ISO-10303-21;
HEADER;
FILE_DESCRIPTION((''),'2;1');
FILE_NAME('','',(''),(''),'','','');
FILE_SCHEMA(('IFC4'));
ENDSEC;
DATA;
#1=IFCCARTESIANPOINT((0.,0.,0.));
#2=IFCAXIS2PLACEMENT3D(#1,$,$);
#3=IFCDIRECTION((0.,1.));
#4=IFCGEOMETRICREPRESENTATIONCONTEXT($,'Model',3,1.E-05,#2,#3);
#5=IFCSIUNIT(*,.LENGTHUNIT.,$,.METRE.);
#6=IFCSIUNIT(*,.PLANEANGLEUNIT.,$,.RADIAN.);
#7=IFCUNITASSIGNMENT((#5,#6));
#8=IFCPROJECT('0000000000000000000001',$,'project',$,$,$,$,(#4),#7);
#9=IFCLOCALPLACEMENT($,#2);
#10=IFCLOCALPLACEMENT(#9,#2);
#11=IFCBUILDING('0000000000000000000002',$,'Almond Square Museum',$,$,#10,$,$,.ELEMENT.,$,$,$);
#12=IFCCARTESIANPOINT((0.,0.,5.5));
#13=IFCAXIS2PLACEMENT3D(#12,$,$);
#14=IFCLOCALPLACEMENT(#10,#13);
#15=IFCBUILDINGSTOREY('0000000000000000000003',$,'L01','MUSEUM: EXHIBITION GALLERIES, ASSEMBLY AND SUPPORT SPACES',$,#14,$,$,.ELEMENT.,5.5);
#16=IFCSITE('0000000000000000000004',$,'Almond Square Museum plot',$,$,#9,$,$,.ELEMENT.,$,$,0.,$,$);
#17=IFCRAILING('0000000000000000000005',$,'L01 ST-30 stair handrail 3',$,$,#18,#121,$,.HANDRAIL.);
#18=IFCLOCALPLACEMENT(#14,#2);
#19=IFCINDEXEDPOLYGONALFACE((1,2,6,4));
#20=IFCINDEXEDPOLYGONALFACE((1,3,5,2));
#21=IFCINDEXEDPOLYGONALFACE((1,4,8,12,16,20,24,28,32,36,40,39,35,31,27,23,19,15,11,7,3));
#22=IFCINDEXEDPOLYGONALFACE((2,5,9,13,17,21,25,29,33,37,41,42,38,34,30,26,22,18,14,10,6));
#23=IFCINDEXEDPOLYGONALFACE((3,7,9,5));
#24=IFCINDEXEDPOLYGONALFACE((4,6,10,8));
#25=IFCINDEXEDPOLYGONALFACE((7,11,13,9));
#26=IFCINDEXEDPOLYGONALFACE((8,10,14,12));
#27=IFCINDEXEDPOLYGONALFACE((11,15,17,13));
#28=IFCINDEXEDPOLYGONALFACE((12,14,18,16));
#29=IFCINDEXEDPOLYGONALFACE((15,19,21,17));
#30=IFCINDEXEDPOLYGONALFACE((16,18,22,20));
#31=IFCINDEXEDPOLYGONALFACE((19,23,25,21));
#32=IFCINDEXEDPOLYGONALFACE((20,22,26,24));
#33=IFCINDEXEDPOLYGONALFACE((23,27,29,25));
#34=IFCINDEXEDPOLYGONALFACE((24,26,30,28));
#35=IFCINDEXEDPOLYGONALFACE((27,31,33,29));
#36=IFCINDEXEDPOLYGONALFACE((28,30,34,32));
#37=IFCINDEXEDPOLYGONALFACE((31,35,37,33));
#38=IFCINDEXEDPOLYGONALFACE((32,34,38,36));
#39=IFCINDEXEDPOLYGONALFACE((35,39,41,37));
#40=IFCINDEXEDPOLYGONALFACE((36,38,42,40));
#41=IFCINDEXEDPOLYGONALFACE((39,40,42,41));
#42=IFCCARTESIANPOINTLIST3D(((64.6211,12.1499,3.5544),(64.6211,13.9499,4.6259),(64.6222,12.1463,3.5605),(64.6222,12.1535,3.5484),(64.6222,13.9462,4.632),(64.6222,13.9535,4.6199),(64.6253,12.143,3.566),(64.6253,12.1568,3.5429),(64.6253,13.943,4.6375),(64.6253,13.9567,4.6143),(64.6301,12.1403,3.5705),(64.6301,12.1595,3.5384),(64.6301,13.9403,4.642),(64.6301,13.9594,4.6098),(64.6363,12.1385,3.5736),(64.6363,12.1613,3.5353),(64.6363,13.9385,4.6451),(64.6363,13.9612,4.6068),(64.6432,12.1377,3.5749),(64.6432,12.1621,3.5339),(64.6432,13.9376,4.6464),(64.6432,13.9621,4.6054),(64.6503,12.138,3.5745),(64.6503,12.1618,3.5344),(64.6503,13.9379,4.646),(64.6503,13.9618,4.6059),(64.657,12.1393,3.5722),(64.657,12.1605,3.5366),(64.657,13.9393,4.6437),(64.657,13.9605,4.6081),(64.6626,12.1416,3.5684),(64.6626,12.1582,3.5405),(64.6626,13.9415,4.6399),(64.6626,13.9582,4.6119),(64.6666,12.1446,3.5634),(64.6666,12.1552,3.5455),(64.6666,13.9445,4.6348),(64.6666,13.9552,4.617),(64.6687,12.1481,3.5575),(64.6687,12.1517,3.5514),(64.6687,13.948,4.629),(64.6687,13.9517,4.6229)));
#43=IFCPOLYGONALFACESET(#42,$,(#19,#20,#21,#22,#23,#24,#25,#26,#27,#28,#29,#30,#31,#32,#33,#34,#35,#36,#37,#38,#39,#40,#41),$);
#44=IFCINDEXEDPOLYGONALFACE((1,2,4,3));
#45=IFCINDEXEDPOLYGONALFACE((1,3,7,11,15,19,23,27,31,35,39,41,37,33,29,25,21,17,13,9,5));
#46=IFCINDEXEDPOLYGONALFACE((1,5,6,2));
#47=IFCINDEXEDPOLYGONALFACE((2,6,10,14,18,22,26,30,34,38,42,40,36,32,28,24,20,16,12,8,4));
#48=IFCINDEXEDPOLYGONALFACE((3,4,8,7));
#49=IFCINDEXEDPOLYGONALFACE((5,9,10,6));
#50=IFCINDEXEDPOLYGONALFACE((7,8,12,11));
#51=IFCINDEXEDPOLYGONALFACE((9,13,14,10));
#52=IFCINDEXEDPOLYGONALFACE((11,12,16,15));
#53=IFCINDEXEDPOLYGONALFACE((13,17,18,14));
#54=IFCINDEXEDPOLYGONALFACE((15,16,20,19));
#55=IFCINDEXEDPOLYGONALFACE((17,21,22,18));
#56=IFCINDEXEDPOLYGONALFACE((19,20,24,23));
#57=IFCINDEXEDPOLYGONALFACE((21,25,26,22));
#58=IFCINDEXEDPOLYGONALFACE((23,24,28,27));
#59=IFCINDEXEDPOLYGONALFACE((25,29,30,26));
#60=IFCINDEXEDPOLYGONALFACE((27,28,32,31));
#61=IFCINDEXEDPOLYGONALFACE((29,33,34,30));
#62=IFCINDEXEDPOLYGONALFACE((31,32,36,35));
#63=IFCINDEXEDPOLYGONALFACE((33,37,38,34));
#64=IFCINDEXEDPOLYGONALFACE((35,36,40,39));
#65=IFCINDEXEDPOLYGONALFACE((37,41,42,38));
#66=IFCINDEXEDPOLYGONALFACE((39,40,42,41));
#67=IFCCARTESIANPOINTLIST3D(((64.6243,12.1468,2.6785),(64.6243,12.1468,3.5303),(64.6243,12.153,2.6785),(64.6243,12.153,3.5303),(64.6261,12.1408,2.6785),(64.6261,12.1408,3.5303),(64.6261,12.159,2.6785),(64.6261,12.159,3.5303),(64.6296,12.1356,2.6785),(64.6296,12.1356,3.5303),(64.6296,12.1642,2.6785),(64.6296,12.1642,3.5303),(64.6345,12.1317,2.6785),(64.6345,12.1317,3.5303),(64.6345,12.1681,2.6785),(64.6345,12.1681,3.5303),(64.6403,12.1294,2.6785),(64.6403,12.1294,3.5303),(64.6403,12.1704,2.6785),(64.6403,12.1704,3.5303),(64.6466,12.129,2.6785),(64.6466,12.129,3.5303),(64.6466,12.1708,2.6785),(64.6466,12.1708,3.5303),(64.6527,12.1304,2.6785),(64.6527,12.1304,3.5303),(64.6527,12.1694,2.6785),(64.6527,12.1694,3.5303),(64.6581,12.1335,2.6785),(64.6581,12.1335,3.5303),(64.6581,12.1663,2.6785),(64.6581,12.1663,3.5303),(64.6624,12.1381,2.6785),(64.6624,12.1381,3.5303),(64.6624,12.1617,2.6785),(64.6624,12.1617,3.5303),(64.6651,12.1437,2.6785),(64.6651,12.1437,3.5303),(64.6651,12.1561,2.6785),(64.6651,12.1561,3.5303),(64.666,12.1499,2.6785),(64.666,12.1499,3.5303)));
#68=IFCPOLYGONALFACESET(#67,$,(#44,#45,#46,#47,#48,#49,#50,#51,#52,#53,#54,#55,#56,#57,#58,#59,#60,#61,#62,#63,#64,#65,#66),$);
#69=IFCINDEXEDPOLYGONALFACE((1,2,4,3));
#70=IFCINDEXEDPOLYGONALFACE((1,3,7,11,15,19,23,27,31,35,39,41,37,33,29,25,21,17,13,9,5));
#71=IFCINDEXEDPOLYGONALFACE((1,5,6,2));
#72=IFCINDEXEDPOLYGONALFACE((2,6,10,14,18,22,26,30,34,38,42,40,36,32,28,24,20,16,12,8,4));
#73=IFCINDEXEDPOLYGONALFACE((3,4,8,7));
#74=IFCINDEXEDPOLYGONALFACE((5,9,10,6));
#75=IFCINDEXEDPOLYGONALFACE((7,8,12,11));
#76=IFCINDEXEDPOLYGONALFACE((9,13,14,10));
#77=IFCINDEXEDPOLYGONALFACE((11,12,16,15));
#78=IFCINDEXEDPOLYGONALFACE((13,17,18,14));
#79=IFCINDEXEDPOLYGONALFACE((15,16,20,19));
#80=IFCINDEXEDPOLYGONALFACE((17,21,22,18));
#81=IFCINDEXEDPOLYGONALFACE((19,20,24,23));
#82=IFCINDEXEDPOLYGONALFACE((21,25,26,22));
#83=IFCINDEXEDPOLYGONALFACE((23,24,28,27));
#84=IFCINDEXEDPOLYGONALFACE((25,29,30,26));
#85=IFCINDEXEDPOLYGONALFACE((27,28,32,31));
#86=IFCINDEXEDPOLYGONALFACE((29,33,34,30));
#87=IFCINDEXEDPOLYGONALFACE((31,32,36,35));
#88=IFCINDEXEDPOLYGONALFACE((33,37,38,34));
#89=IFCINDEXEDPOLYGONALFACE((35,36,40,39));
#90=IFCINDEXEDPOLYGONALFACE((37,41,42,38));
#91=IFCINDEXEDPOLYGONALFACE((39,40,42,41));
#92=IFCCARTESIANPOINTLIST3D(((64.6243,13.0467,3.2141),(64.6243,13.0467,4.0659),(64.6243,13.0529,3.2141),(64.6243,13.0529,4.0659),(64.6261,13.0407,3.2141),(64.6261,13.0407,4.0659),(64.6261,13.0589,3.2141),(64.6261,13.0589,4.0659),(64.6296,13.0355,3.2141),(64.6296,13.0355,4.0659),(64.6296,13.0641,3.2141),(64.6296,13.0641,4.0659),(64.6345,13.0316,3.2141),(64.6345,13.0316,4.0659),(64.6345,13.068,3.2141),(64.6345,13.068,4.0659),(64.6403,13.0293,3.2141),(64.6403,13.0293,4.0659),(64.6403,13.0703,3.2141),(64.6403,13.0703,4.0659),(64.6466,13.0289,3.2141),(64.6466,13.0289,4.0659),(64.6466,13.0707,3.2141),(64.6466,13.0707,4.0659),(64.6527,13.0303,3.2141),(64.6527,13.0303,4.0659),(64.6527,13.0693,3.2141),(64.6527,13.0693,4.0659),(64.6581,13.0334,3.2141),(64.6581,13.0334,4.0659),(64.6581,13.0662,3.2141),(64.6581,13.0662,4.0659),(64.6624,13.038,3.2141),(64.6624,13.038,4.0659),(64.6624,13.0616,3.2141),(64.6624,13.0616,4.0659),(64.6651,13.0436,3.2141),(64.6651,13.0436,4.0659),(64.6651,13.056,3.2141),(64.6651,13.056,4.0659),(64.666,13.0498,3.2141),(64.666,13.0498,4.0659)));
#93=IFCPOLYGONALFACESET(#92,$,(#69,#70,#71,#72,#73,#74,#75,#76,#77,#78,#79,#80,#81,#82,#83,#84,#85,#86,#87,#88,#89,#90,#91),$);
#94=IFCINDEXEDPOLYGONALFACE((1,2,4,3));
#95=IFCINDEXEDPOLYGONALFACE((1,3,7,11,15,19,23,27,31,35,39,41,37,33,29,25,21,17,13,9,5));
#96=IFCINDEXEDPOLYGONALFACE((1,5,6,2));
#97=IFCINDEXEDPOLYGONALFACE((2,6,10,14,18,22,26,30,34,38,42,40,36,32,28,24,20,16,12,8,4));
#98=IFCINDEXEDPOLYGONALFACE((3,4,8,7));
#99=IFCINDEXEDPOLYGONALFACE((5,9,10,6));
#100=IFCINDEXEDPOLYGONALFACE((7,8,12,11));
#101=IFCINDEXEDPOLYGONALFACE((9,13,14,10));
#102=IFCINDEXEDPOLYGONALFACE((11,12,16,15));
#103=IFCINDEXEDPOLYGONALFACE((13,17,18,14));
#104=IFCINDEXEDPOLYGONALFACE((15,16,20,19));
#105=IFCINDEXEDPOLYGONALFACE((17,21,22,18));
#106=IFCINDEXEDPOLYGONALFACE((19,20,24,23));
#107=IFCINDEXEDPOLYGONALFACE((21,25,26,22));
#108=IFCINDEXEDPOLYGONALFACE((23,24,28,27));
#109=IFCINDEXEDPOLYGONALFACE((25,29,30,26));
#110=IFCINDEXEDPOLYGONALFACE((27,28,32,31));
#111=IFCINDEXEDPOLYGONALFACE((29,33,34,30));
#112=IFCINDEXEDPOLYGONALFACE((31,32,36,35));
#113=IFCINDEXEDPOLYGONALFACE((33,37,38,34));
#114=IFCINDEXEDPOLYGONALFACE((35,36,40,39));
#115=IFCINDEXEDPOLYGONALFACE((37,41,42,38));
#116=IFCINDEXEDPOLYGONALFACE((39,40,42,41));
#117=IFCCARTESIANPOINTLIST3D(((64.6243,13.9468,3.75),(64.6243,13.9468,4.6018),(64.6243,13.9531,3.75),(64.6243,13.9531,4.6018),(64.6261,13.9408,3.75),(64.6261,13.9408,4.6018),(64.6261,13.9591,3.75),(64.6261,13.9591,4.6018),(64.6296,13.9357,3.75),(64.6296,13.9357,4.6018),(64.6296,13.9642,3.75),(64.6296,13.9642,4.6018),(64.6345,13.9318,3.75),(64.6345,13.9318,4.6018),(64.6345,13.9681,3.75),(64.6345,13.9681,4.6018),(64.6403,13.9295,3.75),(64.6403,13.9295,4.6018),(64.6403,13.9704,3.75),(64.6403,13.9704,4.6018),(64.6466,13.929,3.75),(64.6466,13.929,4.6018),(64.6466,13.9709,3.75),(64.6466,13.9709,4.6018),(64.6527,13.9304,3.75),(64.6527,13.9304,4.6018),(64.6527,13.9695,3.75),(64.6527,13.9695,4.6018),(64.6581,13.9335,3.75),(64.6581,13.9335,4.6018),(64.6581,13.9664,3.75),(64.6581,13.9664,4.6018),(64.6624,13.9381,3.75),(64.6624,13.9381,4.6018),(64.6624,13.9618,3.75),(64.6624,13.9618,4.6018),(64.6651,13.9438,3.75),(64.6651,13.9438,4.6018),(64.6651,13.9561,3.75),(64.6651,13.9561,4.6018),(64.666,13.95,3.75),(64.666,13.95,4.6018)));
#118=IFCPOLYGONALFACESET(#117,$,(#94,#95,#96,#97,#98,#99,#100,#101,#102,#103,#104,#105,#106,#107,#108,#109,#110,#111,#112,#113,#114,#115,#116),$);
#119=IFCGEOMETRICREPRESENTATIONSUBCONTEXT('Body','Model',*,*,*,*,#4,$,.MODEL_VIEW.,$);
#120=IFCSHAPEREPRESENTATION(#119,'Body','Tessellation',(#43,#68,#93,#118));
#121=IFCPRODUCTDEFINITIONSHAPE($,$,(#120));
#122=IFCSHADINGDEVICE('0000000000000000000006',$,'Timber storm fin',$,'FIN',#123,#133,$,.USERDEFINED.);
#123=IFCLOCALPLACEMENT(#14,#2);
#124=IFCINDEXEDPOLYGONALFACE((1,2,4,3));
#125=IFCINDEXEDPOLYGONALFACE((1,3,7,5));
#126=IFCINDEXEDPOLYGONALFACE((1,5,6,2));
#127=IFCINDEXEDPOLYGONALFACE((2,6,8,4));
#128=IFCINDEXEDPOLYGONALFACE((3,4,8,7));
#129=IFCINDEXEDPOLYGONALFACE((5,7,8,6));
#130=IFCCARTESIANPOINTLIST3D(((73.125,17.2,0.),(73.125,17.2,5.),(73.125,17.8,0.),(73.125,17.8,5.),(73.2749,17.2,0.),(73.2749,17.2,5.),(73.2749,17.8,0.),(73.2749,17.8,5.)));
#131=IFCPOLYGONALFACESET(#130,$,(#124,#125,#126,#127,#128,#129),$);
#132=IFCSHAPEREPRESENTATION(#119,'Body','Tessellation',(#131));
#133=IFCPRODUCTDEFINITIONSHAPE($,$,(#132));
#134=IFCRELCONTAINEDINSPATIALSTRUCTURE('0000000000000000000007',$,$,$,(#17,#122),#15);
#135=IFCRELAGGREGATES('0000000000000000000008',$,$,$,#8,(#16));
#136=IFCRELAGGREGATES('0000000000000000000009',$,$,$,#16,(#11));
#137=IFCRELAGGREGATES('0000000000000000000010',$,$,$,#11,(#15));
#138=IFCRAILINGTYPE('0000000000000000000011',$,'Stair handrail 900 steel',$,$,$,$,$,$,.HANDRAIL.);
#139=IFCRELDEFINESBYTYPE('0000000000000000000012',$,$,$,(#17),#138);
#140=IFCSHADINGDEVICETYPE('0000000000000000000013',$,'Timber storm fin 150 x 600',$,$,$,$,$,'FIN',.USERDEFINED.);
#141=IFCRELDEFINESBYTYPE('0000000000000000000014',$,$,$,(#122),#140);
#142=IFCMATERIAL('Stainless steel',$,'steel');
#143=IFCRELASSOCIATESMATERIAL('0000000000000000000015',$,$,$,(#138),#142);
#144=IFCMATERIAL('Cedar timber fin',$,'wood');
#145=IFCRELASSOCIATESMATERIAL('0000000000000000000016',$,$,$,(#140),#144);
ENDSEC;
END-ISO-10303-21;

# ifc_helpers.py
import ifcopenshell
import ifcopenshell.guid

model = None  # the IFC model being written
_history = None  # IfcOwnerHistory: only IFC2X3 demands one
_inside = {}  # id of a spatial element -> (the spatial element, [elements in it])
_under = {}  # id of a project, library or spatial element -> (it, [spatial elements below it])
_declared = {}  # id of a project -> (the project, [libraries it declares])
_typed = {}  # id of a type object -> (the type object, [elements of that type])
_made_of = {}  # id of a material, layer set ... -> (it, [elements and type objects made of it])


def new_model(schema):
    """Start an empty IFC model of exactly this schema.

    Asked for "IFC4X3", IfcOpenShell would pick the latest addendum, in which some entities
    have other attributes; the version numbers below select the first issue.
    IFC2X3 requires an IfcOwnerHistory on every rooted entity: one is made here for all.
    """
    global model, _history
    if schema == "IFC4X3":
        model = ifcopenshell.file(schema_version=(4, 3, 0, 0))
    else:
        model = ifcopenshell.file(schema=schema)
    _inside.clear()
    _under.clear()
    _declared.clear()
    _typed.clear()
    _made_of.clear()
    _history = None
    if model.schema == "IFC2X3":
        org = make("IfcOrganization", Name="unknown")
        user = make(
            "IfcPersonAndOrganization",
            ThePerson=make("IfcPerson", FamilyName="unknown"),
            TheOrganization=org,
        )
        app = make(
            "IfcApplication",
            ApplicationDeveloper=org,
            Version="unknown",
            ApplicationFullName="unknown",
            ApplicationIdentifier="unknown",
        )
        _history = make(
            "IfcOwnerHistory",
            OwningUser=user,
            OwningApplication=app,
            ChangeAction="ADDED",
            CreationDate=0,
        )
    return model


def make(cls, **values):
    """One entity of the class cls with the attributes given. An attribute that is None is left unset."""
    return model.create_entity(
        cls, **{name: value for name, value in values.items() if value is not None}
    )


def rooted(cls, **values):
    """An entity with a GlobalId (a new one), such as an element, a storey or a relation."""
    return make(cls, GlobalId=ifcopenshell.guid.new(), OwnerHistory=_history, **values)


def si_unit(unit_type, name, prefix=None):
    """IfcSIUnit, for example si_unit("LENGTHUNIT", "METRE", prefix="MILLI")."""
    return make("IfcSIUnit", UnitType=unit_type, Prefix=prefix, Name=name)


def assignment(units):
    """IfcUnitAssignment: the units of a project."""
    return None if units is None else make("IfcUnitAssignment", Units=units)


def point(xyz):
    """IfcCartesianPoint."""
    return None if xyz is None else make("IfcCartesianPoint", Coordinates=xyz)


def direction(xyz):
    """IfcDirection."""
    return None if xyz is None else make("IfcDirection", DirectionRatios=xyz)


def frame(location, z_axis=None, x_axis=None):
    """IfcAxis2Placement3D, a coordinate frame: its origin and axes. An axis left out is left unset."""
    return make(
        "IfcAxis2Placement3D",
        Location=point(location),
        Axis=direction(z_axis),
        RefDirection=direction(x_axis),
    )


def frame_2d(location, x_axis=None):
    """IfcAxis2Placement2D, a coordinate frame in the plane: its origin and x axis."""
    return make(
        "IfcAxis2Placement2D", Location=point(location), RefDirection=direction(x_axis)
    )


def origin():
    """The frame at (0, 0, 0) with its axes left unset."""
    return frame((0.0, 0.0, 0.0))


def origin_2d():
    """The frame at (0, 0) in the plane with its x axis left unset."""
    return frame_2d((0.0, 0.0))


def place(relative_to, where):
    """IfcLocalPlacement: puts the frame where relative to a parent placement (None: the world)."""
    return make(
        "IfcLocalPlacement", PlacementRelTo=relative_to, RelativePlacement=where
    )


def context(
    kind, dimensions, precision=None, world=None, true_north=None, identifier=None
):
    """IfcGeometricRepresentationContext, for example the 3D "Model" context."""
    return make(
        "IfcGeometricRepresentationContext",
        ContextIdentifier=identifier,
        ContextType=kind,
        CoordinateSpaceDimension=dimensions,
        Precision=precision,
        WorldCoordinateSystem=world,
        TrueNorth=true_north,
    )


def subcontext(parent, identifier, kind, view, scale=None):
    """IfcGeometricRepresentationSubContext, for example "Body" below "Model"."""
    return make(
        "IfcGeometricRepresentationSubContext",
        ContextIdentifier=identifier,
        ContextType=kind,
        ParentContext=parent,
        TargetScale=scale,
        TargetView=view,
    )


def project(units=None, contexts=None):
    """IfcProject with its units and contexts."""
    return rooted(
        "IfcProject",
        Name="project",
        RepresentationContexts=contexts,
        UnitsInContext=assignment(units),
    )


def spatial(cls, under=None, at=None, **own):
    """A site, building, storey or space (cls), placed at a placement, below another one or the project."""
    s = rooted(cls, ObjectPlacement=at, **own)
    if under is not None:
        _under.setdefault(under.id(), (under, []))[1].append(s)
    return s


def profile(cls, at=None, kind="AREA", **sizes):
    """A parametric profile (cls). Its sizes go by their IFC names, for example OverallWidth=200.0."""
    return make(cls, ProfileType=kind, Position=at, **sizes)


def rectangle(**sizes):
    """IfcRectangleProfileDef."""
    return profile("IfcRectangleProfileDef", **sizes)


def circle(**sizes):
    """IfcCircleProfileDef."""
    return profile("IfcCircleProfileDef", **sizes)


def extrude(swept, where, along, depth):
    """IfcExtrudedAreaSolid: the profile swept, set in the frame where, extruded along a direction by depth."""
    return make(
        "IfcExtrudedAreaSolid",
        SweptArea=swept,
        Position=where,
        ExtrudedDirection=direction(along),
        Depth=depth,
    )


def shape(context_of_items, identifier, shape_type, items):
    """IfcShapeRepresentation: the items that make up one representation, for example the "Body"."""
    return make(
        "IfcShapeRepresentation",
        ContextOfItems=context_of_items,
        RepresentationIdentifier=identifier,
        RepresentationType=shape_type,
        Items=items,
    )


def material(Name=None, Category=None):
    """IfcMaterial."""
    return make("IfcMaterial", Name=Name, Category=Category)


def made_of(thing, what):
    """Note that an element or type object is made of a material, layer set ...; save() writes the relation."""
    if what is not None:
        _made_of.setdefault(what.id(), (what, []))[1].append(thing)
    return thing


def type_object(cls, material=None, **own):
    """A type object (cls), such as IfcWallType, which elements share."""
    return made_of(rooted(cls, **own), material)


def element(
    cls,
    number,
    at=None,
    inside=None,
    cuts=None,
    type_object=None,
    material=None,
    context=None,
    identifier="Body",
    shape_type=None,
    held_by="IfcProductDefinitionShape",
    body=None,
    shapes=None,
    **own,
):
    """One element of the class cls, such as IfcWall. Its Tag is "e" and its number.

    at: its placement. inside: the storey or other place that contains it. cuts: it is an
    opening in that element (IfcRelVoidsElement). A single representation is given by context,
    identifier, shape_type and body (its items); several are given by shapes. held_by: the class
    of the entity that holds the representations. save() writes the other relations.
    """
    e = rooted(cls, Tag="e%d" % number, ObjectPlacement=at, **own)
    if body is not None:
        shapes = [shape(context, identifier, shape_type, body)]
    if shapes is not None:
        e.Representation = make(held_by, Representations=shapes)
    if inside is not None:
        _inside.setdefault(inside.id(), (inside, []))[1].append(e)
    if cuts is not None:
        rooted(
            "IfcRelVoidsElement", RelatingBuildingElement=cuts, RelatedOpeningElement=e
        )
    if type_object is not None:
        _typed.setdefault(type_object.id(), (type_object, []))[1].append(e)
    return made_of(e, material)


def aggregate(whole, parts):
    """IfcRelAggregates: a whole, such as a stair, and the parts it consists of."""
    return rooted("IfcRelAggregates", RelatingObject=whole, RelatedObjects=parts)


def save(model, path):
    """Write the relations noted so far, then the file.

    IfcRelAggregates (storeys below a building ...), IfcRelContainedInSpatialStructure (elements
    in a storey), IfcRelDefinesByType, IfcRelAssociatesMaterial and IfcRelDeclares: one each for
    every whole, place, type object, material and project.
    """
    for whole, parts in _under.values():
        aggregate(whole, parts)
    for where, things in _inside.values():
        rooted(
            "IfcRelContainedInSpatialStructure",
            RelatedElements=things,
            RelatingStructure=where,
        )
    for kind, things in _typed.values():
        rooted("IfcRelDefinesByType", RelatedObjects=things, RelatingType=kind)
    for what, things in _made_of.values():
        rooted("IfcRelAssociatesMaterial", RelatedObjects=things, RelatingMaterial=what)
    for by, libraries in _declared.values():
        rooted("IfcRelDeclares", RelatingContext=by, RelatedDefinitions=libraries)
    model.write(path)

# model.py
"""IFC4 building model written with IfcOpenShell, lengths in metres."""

from ifc_helpers import new_model, si_unit, direction, frame, origin, origin_2d, place, context, subcontext, project, spatial, rectangle, circle, extrude, material, type_object, element, save


model = new_model("IFC4")

# Units and contexts
model_context = context("Model", 3, precision=1e-05, world=origin(), true_north=direction((0.0, 1.0)))
body_context = subcontext(model_context, "Body", "Model", "MODEL_VIEW")
ifc_project = project(units=[si_unit("LENGTHUNIT", "METRE"), si_unit("PLANEANGLEUNIT", "RADIAN")], contexts=[model_context])

# Site, building, storey
site_placement = place(None, origin())
site = spatial("IfcSite", under=ifc_project, at=site_placement, Name="Almond Square Museum plot", CompositionType="ELEMENT", RefElevation=0.0)
building_placement = place(site_placement, origin())
building = spatial("IfcBuilding", under=site, at=building_placement, Name="Almond Square Museum", CompositionType="ELEMENT")
storey_placement = place(building_placement, frame((0.0, 0.0, 5.5)))
storey = spatial("IfcBuildingStorey", under=building, at=storey_placement, Name="L01", Description="MUSEUM: EXHIBITION GALLERIES, ASSEMBLY AND SUPPORT SPACES", CompositionType="ELEMENT", Elevation=5.5)

# Railing
ifc_material_1 = material(Name="Stainless steel", Category="steel")
railing_type = type_object("IfcRailingType", Name="Stair handrail 900 steel", PredefinedType="HANDRAIL", material=ifc_material_1)
for number, where, name in (
    (1, (64.645, 12.1499, 2.6785), "L01 ST-30 stair handrail 3"),
):
    element("IfcRailing", number, at=place(storey_placement, frame(where)), inside=storey, type_object=railing_type, Name=name, PredefinedType="HANDRAIL", context=body_context, shape_type="SweptSolid", body=[
        extrude(circle(Radius=0.0239, at=origin_2d()), frame((0.0, 0.0, 0.876), z_axis=(0.0, 0.859277, 0.51151), x_axis=(-1.0, 0.0, 0.0)), (0.0, 0.0, 1.0), 2.0947),
        extrude(circle(Radius=0.021, at=origin_2d()), origin(), (0.0, 0.0, 1.0), 0.8518),
        extrude(circle(Radius=0.021, at=origin_2d()), frame((0.0, 0.8999, 0.5356)), (0.0, 0.0, 1.0), 0.8518),
        extrude(circle(Radius=0.021, at=origin_2d()), frame((0.0, 1.8, 1.0715)), (0.0, 0.0, 1.0), 0.8518),
    ])

# Shading device
ifc_material_2 = material(Name="Cedar timber fin", Category="wood")
shading_device_type_1 = type_object("IfcShadingDeviceType", Name="Timber storm fin 150 x 600", ElementType="FIN", PredefinedType="USERDEFINED", material=ifc_material_2)
shading_device_placement = place(storey_placement, frame((73.2, 17.5, 0.0), z_axis=(0.0, 0.0, 1.0), x_axis=(1.0, 0.0, 0.0)))
element("IfcShadingDevice", 2, at=shading_device_placement, inside=storey, type_object=shading_device_type_1, Name="Timber storm fin", ObjectType="FIN", PredefinedType="USERDEFINED", context=body_context, shape_type="SweptSolid", body=[
    extrude(rectangle(XDim=0.1499, YDim=0.6001, at=origin_2d()), origin(), (0.0, 0.0, 1.0), 5.0),
])

save(model, "model.ifc")
